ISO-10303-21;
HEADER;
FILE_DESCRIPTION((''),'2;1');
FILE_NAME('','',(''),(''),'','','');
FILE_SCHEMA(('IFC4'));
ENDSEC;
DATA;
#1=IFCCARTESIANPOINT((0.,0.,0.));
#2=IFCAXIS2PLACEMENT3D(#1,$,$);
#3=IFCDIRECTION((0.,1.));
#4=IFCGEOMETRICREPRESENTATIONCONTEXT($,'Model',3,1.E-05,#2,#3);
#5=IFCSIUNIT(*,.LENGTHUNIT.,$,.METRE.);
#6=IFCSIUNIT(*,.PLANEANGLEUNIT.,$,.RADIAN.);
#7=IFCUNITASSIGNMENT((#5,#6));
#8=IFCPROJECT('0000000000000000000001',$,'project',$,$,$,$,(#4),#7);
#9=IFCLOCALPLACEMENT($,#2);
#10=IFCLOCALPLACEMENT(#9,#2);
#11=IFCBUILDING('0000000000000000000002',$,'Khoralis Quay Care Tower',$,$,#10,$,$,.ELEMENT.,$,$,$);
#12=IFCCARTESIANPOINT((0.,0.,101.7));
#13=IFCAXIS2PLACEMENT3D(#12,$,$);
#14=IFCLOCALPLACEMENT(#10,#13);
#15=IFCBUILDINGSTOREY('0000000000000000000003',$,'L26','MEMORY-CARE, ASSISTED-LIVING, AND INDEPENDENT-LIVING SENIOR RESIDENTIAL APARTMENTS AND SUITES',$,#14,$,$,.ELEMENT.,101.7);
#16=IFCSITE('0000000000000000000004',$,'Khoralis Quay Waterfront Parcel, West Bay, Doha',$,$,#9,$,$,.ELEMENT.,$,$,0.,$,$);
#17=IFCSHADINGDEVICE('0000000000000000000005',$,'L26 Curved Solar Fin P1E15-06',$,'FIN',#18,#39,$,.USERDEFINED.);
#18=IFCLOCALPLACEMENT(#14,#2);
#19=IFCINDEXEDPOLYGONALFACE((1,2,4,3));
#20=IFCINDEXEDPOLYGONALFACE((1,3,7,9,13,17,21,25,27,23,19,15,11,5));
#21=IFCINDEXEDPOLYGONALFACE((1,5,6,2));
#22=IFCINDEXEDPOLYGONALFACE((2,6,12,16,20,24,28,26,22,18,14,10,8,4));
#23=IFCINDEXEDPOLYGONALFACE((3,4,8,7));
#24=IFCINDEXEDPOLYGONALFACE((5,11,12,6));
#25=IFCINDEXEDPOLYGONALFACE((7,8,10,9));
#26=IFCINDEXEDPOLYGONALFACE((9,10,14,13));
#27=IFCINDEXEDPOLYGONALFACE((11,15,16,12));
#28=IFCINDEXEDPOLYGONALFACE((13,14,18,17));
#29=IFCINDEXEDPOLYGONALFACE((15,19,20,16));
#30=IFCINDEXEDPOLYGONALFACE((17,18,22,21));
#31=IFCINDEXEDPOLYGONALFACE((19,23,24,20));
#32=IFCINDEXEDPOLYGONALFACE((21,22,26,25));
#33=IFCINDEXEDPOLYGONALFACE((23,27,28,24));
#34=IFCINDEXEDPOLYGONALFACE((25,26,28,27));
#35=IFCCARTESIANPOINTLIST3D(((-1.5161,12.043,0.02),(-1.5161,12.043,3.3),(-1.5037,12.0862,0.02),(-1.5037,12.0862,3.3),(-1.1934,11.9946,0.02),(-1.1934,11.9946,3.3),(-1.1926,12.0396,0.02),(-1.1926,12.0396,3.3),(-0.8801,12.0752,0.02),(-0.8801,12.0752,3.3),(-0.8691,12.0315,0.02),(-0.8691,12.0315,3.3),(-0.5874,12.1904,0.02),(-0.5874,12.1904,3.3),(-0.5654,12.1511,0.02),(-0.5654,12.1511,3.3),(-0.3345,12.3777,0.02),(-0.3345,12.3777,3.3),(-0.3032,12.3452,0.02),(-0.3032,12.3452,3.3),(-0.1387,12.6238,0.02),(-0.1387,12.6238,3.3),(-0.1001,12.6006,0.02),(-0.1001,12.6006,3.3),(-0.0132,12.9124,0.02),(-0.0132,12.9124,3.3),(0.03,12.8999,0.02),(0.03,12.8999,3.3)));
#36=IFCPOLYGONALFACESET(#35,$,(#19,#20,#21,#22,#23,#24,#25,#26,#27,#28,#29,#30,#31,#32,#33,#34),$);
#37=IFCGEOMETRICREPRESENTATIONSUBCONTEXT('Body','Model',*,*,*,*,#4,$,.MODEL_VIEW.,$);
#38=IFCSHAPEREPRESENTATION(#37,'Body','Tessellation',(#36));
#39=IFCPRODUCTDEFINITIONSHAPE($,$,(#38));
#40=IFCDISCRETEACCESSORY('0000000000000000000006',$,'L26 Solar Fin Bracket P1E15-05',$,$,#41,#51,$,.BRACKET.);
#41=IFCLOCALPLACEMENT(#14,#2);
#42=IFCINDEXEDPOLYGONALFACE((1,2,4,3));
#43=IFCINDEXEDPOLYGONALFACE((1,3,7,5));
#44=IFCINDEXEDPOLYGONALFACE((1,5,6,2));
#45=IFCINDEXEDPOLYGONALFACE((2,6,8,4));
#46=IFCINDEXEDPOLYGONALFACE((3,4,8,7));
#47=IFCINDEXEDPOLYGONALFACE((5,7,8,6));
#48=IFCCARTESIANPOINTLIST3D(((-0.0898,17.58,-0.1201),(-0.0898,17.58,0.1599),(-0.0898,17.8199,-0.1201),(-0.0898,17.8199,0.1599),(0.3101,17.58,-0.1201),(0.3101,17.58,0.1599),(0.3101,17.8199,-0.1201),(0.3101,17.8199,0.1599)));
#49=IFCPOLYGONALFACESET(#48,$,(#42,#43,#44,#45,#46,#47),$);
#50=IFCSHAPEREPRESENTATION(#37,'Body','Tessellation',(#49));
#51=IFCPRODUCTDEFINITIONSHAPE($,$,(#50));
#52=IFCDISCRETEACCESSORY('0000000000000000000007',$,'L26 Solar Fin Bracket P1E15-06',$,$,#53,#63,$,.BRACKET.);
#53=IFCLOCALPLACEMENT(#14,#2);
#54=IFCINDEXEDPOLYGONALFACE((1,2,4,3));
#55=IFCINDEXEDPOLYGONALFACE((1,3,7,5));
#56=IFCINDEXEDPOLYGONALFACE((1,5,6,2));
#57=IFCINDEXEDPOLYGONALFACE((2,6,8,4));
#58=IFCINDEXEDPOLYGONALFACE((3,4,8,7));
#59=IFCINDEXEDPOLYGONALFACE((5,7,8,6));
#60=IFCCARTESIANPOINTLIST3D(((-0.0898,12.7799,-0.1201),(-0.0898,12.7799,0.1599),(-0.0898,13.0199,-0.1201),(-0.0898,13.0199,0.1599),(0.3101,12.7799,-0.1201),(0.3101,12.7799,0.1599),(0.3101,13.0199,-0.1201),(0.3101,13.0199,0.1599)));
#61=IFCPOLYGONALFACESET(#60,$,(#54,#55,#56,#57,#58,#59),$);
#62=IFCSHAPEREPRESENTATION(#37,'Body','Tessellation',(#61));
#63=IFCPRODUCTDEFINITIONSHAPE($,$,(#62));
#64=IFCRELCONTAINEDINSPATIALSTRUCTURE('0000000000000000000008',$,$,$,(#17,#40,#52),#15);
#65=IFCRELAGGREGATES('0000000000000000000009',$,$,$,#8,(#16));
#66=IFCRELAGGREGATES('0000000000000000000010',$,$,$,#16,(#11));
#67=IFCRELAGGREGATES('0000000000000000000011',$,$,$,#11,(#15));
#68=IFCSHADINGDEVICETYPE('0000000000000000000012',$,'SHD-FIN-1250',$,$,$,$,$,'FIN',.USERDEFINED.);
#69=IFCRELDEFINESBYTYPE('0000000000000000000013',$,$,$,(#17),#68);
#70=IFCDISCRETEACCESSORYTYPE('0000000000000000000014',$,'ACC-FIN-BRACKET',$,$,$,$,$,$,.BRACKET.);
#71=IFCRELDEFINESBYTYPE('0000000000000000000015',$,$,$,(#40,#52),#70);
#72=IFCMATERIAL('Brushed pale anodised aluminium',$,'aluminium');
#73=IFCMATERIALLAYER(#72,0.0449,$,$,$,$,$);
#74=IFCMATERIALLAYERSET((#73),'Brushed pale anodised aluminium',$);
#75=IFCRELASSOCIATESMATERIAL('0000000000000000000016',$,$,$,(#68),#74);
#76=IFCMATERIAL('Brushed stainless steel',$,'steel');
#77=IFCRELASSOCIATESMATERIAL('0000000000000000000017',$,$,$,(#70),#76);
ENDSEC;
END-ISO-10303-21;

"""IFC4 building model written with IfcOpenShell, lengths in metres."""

from ifc_helpers import new_model, si_unit, direction, frame, origin, origin_2d, place, context, subcontext, project, spatial, polyline, rectangle, outline, extrude, source, transform, mapped, material, layer, layer_set, type_object, element, save


model = new_model("IFC4")

# Units and contexts
model_context = context("Model", 3, precision=1e-05, world=origin(), true_north=direction((0.0, 1.0)))
body_context = subcontext(model_context, "Body", "Model", "MODEL_VIEW")
ifc_project = project(units=[si_unit("LENGTHUNIT", "METRE"), si_unit("PLANEANGLEUNIT", "RADIAN")], contexts=[model_context])

# Site, building, storey
site_placement = place(None, origin())
site = spatial("IfcSite", under=ifc_project, at=site_placement, Name="Khoralis Quay Waterfront Parcel, West Bay, Doha", CompositionType="ELEMENT", RefElevation=0.0)
building_placement = place(site_placement, origin())
building = spatial("IfcBuilding", under=site, at=building_placement, Name="Khoralis Quay Care Tower", CompositionType="ELEMENT")
storey_placement = place(building_placement, frame((0.0, 0.0, 101.7)))
storey = spatial("IfcBuildingStorey", under=building, at=storey_placement, Name="L26", Description="MEMORY-CARE, ASSISTED-LIVING, AND INDEPENDENT-LIVING SENIOR RESIDENTIAL APARTMENTS AND SUITES", CompositionType="ELEMENT", Elevation=101.7)

# Shading device
ifc_material_1 = material(Name="Brushed pale anodised aluminium", Category="aluminium")
ifc_layer_1 = layer(ifc_material_1, 0.0449)
ifc_layer_set_1 = layer_set([ifc_layer_1], Name="Brushed pale anodised aluminium")
shading_device_type = type_object("IfcShadingDeviceType", Name="SHD-FIN-1250", ElementType="FIN", PredefinedType="USERDEFINED", material=ifc_layer_set_1)
shared_shape_1 = source(origin(), body_context, "Body", "SweptSolid", [
    extrude(outline(polyline([(0.0, 0.0), (0.1301, 0.2993), (0.3333, 0.5547), (0.5955, 0.7488), (0.8992, 0.8684), (1.2234, 0.9053), (1.5461, 0.8569), (1.5337, 0.8137), (1.2227, 0.8604), (0.9102, 0.8247), (0.6174, 0.7095), (0.3645, 0.5222), (0.1687, 0.2761), (0.0432, -0.0125), (0.0, 0.0)])), origin(), (0.0, 0.0, 1.0), 3.28),
])
for number, where, z_axis, x_axis, name in (
    (1, (0.03, 12.8999, 0.02), (0.0, 0.0, 1.0), (-1.0, 0.0, 0.0), "L26 Curved Solar Fin P1E15-06"),
):
    element("IfcShadingDevice", number, at=place(storey_placement, frame(where, z_axis=z_axis, x_axis=x_axis)), inside=storey, type_object=shading_device_type, Name=name, ObjectType="FIN", PredefinedType="USERDEFINED", context=body_context, shape_type="MappedRepresentation", body=[
        mapped(shared_shape_1, transform((0.0, 0.0, 0.0), scale=1.0)),
    ])

# Discrete accessories
ifc_material_2 = material(Name="Brushed stainless steel", Category="steel")
discrete_accessory_type = type_object("IfcDiscreteAccessoryType", Name="ACC-FIN-BRACKET", PredefinedType="BRACKET", material=ifc_material_2)
shared_shape_2 = source(origin(), body_context, "Body", "SweptSolid", [
    extrude(rectangle(XDim=0.3999, YDim=0.24, at=origin_2d()), origin(), (0.0, 0.0, 1.0), 0.28),
])
for number, where, z_axis, x_axis, name in (
    (2, (0.1101, 17.7, -0.1201), (0.0, 0.0, 1.0), (-1.0, 0.0, 0.0), "L26 Solar Fin Bracket P1E15-05"),
    (3, (0.1101, 12.8999, -0.1201), (0.0, 0.0, 1.0), (-1.0, 0.0, 0.0), "L26 Solar Fin Bracket P1E15-06"),
):
    element("IfcDiscreteAccessory", number, at=place(storey_placement, frame(where, z_axis=z_axis, x_axis=x_axis)), inside=storey, type_object=discrete_accessory_type, Name=name, PredefinedType="BRACKET", context=body_context, shape_type="MappedRepresentation", body=[
        mapped(shared_shape_2, transform((0.0, 0.0, 0.0), scale=1.0)),
    ])

save(model, "model.ifc")
